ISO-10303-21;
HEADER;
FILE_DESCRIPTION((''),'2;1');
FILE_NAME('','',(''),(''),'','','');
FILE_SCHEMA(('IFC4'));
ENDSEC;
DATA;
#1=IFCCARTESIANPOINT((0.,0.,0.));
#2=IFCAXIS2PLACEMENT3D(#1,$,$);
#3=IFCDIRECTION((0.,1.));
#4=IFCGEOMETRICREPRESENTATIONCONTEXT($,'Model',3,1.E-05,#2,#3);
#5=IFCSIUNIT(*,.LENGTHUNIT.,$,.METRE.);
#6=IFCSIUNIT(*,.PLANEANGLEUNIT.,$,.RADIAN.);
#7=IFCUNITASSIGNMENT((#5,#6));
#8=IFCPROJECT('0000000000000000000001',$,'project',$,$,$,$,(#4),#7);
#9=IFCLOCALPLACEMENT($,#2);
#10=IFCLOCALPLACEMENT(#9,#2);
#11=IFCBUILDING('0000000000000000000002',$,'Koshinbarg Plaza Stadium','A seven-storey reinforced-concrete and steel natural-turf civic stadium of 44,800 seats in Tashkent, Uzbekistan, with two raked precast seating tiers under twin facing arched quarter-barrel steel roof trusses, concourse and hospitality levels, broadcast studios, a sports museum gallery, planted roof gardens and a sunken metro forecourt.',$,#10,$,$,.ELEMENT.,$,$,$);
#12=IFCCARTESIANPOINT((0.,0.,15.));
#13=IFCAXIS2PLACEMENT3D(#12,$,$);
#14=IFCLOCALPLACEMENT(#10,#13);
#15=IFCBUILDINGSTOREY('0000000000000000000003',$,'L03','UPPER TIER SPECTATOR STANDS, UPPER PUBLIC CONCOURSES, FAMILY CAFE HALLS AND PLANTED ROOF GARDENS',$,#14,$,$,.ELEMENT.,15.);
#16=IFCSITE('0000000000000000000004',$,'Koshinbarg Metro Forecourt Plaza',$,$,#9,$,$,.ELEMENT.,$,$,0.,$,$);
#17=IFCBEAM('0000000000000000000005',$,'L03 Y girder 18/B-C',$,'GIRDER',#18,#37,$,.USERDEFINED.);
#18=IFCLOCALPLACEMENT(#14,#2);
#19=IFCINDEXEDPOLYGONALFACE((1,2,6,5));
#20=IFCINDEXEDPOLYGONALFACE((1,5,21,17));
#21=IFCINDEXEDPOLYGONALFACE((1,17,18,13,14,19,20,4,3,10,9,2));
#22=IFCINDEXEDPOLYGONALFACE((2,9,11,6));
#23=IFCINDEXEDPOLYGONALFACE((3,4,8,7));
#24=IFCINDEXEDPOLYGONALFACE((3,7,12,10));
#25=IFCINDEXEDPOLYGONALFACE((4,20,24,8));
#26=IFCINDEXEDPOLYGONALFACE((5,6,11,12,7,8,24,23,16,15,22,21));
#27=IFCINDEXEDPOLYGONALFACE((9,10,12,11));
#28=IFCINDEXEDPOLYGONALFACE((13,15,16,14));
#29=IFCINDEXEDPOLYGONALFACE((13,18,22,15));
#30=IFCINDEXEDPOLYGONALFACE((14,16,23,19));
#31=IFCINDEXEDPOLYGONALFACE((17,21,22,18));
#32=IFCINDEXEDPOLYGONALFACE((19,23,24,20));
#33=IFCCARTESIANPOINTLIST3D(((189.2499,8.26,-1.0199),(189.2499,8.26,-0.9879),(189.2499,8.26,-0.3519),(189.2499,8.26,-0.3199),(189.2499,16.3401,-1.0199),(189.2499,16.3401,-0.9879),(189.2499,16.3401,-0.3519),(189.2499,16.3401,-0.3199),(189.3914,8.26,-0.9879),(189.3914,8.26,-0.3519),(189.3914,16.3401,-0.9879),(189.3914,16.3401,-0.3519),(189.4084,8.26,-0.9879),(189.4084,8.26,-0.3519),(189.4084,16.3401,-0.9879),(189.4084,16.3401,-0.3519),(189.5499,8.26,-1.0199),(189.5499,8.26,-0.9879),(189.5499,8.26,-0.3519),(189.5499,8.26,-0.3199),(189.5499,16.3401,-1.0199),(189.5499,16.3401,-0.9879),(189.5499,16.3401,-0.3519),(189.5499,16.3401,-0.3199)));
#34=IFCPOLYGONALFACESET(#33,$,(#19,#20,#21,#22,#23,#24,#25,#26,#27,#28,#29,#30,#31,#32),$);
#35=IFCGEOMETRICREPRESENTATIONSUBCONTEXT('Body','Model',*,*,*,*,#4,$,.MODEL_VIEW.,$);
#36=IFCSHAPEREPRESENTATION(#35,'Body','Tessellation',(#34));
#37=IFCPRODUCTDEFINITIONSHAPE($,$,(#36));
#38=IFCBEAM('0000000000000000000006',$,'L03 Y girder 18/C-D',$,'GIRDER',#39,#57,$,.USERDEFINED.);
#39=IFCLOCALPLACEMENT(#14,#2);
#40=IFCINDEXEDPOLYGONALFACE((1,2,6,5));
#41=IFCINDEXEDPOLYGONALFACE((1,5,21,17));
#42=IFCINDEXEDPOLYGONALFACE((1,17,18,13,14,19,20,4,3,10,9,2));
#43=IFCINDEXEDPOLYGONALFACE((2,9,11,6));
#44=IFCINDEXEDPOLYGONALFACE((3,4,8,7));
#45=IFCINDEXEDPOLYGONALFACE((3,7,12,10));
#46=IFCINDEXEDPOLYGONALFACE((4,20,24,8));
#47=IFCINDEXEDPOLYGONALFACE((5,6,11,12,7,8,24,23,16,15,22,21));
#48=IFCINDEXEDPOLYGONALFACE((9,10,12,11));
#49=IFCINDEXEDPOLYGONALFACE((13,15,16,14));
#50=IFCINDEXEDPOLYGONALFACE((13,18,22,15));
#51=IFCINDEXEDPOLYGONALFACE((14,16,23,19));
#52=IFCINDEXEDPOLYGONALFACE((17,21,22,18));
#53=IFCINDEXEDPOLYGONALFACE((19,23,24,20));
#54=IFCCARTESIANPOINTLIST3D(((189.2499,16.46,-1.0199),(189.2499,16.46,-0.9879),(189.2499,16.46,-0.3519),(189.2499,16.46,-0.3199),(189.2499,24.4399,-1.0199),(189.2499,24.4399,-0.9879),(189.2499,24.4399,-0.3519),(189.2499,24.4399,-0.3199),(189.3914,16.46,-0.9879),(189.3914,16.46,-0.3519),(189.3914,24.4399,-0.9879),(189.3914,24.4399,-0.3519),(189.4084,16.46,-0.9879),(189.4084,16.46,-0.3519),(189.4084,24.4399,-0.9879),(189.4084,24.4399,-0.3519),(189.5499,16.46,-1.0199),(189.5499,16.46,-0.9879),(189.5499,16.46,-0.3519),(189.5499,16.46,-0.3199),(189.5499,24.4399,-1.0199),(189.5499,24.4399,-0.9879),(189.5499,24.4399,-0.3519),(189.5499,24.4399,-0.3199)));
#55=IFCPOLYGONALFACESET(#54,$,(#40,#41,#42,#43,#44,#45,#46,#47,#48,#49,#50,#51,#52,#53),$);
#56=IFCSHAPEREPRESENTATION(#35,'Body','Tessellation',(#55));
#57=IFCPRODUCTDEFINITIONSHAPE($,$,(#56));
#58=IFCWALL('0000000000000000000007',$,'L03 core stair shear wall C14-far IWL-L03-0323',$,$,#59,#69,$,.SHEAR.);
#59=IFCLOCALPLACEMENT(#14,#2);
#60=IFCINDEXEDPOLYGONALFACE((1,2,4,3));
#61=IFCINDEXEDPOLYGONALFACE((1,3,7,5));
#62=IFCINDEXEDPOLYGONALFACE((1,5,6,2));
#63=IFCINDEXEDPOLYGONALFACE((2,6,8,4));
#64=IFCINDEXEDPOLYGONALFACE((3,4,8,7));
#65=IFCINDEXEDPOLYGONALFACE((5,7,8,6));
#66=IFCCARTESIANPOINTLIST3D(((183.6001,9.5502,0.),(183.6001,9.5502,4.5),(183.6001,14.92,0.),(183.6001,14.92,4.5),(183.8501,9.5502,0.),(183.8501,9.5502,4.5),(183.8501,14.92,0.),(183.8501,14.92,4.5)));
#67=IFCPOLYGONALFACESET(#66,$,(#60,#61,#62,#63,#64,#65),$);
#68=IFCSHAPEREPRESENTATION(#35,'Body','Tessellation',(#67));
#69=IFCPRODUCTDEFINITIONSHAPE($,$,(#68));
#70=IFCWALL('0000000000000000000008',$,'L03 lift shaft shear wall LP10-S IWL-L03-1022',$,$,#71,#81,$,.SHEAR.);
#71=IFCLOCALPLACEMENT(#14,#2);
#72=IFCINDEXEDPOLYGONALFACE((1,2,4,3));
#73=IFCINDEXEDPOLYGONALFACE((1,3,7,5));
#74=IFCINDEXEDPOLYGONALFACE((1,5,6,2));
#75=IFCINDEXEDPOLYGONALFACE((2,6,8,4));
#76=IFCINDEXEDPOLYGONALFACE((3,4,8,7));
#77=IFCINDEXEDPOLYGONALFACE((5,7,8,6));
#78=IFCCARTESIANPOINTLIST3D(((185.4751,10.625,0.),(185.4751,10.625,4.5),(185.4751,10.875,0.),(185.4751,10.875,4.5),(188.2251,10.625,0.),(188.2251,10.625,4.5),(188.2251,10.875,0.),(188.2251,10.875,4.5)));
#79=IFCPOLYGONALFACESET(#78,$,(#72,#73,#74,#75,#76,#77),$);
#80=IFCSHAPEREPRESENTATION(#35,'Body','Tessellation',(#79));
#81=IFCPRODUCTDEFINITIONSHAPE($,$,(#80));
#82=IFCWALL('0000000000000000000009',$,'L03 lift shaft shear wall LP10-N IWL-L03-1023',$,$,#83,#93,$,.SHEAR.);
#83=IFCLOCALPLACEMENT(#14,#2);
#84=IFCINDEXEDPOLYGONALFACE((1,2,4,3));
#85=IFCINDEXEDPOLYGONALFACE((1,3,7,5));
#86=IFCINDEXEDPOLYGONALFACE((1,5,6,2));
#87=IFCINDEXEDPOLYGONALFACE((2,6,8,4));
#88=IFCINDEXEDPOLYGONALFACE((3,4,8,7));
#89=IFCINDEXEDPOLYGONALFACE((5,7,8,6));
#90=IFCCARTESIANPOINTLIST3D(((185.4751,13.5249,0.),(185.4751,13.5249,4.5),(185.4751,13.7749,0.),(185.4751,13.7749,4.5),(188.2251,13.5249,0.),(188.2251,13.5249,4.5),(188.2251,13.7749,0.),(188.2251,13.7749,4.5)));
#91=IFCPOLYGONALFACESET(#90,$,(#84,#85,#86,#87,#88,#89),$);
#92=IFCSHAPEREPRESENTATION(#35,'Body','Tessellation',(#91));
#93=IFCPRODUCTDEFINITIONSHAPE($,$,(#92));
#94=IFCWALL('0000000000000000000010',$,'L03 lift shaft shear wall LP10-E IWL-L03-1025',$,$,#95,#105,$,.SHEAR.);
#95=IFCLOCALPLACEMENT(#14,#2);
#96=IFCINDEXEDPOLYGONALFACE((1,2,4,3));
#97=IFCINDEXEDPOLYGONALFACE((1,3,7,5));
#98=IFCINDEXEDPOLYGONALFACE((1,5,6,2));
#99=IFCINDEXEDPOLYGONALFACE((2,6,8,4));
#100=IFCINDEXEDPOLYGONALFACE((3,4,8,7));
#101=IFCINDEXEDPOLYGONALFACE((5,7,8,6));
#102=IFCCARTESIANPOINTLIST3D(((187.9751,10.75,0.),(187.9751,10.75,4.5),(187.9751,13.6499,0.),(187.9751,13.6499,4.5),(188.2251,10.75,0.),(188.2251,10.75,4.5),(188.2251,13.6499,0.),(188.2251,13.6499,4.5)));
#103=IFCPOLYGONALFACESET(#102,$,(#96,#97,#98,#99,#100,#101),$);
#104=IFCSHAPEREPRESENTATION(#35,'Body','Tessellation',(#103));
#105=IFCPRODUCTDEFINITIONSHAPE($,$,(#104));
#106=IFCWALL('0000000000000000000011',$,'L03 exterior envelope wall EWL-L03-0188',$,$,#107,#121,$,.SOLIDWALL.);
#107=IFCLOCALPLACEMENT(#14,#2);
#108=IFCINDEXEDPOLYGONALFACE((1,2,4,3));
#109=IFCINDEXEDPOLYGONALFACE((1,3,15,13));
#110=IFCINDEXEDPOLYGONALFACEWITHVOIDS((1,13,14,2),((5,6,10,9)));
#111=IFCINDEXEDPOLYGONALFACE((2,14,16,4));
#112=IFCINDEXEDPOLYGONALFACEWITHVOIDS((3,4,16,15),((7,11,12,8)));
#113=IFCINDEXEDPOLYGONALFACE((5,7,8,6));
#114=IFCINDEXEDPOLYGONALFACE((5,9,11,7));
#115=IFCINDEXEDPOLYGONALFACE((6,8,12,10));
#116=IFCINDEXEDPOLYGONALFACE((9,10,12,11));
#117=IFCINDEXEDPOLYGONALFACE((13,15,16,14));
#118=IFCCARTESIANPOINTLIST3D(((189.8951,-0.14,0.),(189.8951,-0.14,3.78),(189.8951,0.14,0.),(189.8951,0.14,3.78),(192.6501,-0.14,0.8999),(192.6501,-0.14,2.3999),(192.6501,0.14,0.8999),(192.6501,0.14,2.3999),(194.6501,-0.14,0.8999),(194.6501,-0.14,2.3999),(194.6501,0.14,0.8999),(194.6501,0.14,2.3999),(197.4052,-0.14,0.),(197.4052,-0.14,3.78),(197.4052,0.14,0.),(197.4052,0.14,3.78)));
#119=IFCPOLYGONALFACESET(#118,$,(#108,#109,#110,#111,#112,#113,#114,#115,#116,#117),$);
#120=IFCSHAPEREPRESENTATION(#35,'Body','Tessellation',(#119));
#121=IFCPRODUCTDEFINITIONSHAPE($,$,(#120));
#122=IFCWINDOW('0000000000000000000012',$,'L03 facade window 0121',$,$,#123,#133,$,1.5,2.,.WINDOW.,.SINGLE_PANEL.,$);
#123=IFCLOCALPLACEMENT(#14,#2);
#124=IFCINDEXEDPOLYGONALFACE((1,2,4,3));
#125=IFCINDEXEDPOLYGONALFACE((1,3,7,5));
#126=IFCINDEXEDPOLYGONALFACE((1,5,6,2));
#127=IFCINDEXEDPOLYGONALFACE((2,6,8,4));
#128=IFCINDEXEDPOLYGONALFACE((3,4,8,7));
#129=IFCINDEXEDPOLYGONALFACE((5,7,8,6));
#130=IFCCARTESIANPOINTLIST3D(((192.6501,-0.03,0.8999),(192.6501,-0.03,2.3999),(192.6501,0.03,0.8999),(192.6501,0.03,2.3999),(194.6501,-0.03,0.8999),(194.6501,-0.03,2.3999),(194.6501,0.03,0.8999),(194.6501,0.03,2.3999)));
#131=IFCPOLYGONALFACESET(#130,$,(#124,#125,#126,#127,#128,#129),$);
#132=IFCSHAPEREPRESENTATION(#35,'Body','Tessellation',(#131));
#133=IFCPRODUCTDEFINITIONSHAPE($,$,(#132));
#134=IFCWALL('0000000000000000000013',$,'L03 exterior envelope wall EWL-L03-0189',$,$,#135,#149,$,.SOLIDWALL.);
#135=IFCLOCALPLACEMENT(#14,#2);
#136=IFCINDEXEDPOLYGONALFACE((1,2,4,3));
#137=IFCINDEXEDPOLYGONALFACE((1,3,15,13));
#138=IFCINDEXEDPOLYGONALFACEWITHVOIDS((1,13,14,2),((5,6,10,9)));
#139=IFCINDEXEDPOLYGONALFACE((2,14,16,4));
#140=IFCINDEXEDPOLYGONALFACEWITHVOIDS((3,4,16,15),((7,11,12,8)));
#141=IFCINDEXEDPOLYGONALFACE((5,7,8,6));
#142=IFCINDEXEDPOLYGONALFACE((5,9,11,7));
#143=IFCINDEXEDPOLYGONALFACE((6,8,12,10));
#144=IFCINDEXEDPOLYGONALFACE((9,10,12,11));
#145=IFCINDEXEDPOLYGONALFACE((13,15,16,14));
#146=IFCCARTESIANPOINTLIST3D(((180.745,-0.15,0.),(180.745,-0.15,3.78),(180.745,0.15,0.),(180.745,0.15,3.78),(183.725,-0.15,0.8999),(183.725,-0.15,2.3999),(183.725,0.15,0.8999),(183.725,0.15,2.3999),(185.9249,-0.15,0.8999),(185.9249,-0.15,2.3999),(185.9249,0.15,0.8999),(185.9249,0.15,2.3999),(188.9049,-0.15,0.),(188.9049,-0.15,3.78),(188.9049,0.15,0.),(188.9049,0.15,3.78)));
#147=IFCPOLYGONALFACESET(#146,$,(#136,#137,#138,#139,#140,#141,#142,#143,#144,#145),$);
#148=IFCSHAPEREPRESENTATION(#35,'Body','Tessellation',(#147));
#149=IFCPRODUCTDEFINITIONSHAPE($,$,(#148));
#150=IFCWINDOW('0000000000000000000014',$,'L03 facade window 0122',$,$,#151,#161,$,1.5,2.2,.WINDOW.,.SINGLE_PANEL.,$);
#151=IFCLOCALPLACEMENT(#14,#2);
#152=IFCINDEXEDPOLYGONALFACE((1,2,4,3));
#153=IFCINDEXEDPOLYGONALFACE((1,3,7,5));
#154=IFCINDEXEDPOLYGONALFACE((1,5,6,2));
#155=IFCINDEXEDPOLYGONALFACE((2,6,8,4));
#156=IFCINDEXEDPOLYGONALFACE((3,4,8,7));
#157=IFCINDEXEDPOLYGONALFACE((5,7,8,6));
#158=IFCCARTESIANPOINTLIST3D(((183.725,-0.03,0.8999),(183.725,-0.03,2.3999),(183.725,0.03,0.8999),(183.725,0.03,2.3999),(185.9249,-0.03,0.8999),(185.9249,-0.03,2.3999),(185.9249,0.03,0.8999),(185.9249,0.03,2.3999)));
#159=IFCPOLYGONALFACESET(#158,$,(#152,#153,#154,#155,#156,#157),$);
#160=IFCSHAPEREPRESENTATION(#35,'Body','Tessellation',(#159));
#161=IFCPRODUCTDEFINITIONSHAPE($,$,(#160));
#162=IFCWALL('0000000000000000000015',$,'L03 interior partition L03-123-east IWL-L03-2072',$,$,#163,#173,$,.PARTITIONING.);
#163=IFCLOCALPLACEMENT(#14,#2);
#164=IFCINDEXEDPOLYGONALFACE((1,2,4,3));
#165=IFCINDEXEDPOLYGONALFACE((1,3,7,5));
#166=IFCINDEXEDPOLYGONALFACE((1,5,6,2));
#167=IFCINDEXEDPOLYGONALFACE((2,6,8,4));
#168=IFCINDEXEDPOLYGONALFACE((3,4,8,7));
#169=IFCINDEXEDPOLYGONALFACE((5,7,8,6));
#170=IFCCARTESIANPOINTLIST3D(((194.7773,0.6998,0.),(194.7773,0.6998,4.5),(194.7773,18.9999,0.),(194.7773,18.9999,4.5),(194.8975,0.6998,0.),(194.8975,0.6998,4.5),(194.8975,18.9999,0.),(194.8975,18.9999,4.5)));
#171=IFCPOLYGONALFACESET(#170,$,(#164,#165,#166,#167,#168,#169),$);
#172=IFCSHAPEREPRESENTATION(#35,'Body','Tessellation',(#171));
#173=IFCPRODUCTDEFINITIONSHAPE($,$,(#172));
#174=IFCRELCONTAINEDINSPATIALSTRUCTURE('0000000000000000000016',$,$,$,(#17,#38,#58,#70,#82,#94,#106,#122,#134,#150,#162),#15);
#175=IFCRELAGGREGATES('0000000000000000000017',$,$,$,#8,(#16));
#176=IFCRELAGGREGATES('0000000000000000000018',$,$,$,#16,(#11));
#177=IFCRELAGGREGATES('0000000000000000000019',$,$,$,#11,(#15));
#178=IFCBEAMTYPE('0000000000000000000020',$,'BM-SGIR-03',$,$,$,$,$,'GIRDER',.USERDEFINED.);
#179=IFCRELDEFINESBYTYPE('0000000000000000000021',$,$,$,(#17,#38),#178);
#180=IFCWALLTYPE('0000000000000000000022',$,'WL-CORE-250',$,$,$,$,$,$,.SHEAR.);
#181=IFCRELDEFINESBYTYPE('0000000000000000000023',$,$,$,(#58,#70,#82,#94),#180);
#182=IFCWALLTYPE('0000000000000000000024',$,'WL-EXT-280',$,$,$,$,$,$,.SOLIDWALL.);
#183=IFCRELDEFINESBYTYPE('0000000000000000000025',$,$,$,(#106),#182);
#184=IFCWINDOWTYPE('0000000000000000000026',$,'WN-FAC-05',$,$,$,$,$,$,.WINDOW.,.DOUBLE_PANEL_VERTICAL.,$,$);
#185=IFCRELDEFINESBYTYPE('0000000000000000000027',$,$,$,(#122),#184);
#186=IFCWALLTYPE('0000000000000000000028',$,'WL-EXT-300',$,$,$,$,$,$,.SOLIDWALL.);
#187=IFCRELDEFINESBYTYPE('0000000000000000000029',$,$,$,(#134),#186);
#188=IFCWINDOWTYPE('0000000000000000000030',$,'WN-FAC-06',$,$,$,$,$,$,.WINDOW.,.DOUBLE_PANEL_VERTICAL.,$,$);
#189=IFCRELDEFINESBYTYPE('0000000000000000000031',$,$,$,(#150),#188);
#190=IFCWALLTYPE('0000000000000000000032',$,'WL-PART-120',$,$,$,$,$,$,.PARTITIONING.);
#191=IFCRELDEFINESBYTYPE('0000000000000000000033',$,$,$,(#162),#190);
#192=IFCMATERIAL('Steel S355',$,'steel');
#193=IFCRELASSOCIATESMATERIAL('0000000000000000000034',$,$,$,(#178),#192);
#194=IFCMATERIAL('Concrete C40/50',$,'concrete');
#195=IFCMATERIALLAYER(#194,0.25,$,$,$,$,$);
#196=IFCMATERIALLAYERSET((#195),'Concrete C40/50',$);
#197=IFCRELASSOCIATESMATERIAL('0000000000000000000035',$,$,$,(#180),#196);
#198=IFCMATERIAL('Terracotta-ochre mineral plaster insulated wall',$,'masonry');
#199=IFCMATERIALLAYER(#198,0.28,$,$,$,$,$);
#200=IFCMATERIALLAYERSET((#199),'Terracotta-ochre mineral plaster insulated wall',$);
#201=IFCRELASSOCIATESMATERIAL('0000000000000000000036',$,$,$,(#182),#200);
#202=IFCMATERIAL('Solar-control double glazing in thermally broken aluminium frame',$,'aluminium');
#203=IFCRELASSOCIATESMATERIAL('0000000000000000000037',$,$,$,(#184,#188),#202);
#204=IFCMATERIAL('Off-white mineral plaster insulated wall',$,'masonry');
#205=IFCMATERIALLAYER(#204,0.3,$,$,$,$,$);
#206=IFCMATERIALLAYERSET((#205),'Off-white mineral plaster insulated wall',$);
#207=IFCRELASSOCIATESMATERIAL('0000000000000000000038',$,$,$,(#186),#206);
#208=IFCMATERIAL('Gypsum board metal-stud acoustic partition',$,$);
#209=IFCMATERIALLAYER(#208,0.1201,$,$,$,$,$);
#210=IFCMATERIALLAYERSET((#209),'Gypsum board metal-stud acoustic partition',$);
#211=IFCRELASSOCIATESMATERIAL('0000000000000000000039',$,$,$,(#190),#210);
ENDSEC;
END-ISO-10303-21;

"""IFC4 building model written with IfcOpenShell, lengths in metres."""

from ifc_helpers import new_model, si_unit, direction, frame, frame_2d, origin, origin_2d, place, context, subcontext, project, spatial, rectangle, i_section, extrude, material, layer, layer_set, material_profile, profile_set, type_object, element, fill, save


model = new_model("IFC4")

# Units and contexts
model_context = context("Model", 3, precision=1e-05, world=origin(), true_north=direction((0.0, 1.0)))
body_context = subcontext(model_context, "Body", "Model", "MODEL_VIEW")
ifc_project = project(units=[si_unit("LENGTHUNIT", "METRE"), si_unit("PLANEANGLEUNIT", "RADIAN")], contexts=[model_context])

# Site, building, storey
site_placement = place(None, origin())
site = spatial("IfcSite", under=ifc_project, at=site_placement, Name="Koshinbarg Metro Forecourt Plaza", CompositionType="ELEMENT", RefElevation=0.0)
building_placement = place(site_placement, origin())
building = spatial("IfcBuilding", under=site, at=building_placement, Name="Koshinbarg Plaza Stadium", Description="A seven-storey reinforced-concrete and steel natural-turf civic stadium of 44,800 seats in Tashkent, Uzbekistan, with two raked precast seating tiers under twin facing arched quarter-barrel steel roof trusses, concourse and hospitality levels, broadcast studios, a sports museum gallery, planted roof gardens and a sunken metro forecourt.", CompositionType="ELEMENT")
storey_placement = place(building_placement, frame((0.0, 0.0, 15.0)))
storey = spatial("IfcBuildingStorey", under=building, at=storey_placement, Name="L03", Description="UPPER TIER SPECTATOR STANDS, UPPER PUBLIC CONCOURSES, FAMILY CAFE HALLS AND PLANTED ROOF GARDENS", CompositionType="ELEMENT", Elevation=15.0)

# Shared definitions
ifc_material_1 = material(Name="Concrete C40/50", Category="concrete")

# Beams
ifc_material_2 = material(Name="Steel S355", Category="steel")
ifc_material_profile_1 = material_profile(ifc_material_2, i_section(OverallWidth=0.3, OverallDepth=0.7, WebThickness=0.0171, FlangeThickness=0.032, at=origin_2d()), Name="HEB 700")
ifc_profile_set_1 = profile_set([ifc_material_profile_1], Name="Steel S355")
beam_type_1 = type_object("IfcBeamType", Name="BM-SGIR-03", ElementType="GIRDER", PredefinedType="USERDEFINED", material=ifc_profile_set_1)
beam_1_placement = place(storey_placement, frame((189.3999, 8.26, -0.6699), z_axis=(0.0, 1.0, 0.0), x_axis=(-1.0, 0.0, 0.0)))
element("IfcBeam", 1, at=beam_1_placement, inside=storey, type_object=beam_type_1, Name="L03 Y girder 18/B-C", ObjectType="GIRDER", PredefinedType="USERDEFINED", context=body_context, shape_type="SweptSolid", body=[
    extrude(i_section(OverallWidth=0.3, OverallDepth=0.7, WebThickness=0.0171, FlangeThickness=0.032, at=origin_2d()), origin(), (0.0, 0.0, 1.0), 8.0801),
])
beam_2_placement = place(storey_placement, frame((189.3999, 16.46, -0.6699), z_axis=(0.0, 1.0, 0.0), x_axis=(-1.0, 0.0, 0.0)))
element("IfcBeam", 2, at=beam_2_placement, inside=storey, type_object=beam_type_1, Name="L03 Y girder 18/C-D", ObjectType="GIRDER", PredefinedType="USERDEFINED", context=body_context, shape_type="SweptSolid", body=[
    extrude(i_section(OverallWidth=0.3, OverallDepth=0.7, WebThickness=0.0171, FlangeThickness=0.032, at=origin_2d()), origin(), (0.0, 0.0, 1.0), 7.98),
])

# Walls
ifc_layer_1 = layer(ifc_material_1, 0.25)
ifc_layer_set_1 = layer_set([ifc_layer_1], Name="Concrete C40/50")
wall_type_1 = type_object("IfcWallType", Name="WL-CORE-250", PredefinedType="SHEAR", material=ifc_layer_set_1)
wall_1_placement = place(storey_placement, frame((183.7251, 9.55, 0.0), z_axis=(0.0, 0.0, 1.0), x_axis=(0.0, 1.0, 0.0)))
element("IfcWall", 3, at=wall_1_placement, inside=storey, type_object=wall_type_1, Name="L03 core stair shear wall C14-far IWL-L03-0323", PredefinedType="SHEAR", context=body_context, shape_type="SweptSolid", body=[
    extrude(rectangle(XDim=5.3699, YDim=0.25, at=frame_2d((2.6851, 0.0))), origin(), (0.0, 0.0, 1.0), 4.5),
])
for number, where, z_axis, x_axis, name in (
    (4, (185.4751, 10.75, 0.0), (0.0, 0.0, 1.0), (1.0, 0.0, 0.0), "L03 lift shaft shear wall LP10-S IWL-L03-1022"),
    (5, (188.2251, 13.6499, 0.0), (0.0, 0.0, 1.0), (-1.0, 0.0, 0.0), "L03 lift shaft shear wall LP10-N IWL-L03-1023"),
):
    element("IfcWall", number, at=place(storey_placement, frame(where, z_axis=z_axis, x_axis=x_axis)), inside=storey, type_object=wall_type_1, Name=name, PredefinedType="SHEAR", context=body_context, shape_type="SweptSolid", body=[
        extrude(rectangle(XDim=2.75, YDim=0.25, at=frame_2d((1.375, 0.0))), origin(), (0.0, 0.0, 1.0), 4.5),
    ])

# Wall
wall_2_placement = place(storey_placement, frame((188.1001, 10.75, 0.0), z_axis=(0.0, 0.0, 1.0), x_axis=(0.0, 1.0, 0.0)))
element("IfcWall", 6, at=wall_2_placement, inside=storey, type_object=wall_type_1, Name="L03 lift shaft shear wall LP10-E IWL-L03-1025", PredefinedType="SHEAR", context=body_context, shape_type="SweptSolid", body=[
    extrude(rectangle(XDim=2.8999, YDim=0.25, at=frame_2d((1.45, 0.0))), origin(), (0.0, 0.0, 1.0), 4.5),
])

# Walls, openings, windows
ifc_material_3 = material(Name="Terracotta-ochre mineral plaster insulated wall", Category="masonry")
ifc_layer_2 = layer(ifc_material_3, 0.28)
ifc_layer_set_2 = layer_set([ifc_layer_2], Name="Terracotta-ochre mineral plaster insulated wall")
wall_type_2 = type_object("IfcWallType", Name="WL-EXT-280", PredefinedType="SOLIDWALL", material=ifc_layer_set_2)
wall_3_placement = place(storey_placement, frame((197.405, 0.0, 0.0), z_axis=(0.0, 0.0, 1.0), x_axis=(-1.0, 0.0, 0.0)))
wall_3 = element("IfcWall", 7, at=wall_3_placement, inside=storey, type_object=wall_type_2, Name="L03 exterior envelope wall EWL-L03-0188", PredefinedType="SOLIDWALL", context=body_context, shape_type="SweptSolid", body=[
    extrude(rectangle(XDim=7.51, YDim=0.28, at=frame_2d((3.7549, 0.0))), origin(), (0.0, 0.0, 1.0), 3.78),
])
opening_1_placement = place(wall_3_placement, frame((2.7549, 0.0, 0.8999)))
opening_1 = element("IfcOpeningElement", 8, at=opening_1_placement, cuts=wall_3, PredefinedType="OPENING", context=body_context, shape_type="SweptSolid", body=[
    extrude(rectangle(XDim=2.0, YDim=1.5, at=frame_2d((1.0, 0.75))), frame((0.0, 0.1499, 0.0), z_axis=(0.0, -1.0, 0.0), x_axis=(1.0, 0.0, 0.0)), (0.0, 0.0, 1.0), 0.3),
])
ifc_material_4 = material(Name="Solar-control double glazing in thermally broken aluminium frame", Category="aluminium")
window_type_1 = type_object("IfcWindowType", Name="WN-FAC-05", PartitioningType="DOUBLE_PANEL_VERTICAL", PredefinedType="WINDOW", material=ifc_material_4)
window_1_placement = place(opening_1_placement, origin())
window_1 = element("IfcWindow", 9, at=window_1_placement, inside=storey, type_object=window_type_1, Name="L03 facade window 0121", OverallHeight=1.5, OverallWidth=2.0, PartitioningType="SINGLE_PANEL", PredefinedType="WINDOW", context=body_context, shape_type="SweptSolid", body=[
    extrude(rectangle(XDim=2.0, YDim=1.5, at=frame_2d((1.0, 0.75))), frame((0.0, 0.03, 0.0), z_axis=(0.0, -1.0, 0.0), x_axis=(1.0, 0.0, 0.0)), (0.0, 0.0, 1.0), 0.0601),
])
fill(opening_1, window_1)
ifc_material_5 = material(Name="Off-white mineral plaster insulated wall", Category="masonry")
ifc_layer_3 = layer(ifc_material_5, 0.3)
ifc_layer_set_3 = layer_set([ifc_layer_3], Name="Off-white mineral plaster insulated wall")
wall_type_3 = type_object("IfcWallType", Name="WL-EXT-300", PredefinedType="SOLIDWALL", material=ifc_layer_set_3)
wall_4_placement = place(storey_placement, frame((188.905, 0.0, 0.0), z_axis=(0.0, 0.0, 1.0), x_axis=(-1.0, 0.0, 0.0)))
wall_4 = element("IfcWall", 10, at=wall_4_placement, inside=storey, type_object=wall_type_3, Name="L03 exterior envelope wall EWL-L03-0189", PredefinedType="SOLIDWALL", context=body_context, shape_type="SweptSolid", body=[
    extrude(rectangle(XDim=8.1599, YDim=0.3, at=frame_2d((4.0801, 0.0))), origin(), (0.0, 0.0, 1.0), 3.78),
])
opening_2_placement = place(wall_4_placement, frame((2.98, 0.0, 0.8999)))
opening_2 = element("IfcOpeningElement", 11, at=opening_2_placement, cuts=wall_4, PredefinedType="OPENING", context=body_context, shape_type="SweptSolid", body=[
    extrude(rectangle(XDim=2.2, YDim=1.5, at=frame_2d((1.1001, 0.75))), frame((0.0, 0.1599, 0.0), z_axis=(0.0, -1.0, 0.0), x_axis=(1.0, 0.0, 0.0)), (0.0, 0.0, 1.0), 0.3201),
])
window_type_2 = type_object("IfcWindowType", Name="WN-FAC-06", PartitioningType="DOUBLE_PANEL_VERTICAL", PredefinedType="WINDOW", material=ifc_material_4)
window_2_placement = place(opening_2_placement, origin())
window_2 = element("IfcWindow", 12, at=window_2_placement, inside=storey, type_object=window_type_2, Name="L03 facade window 0122", OverallHeight=1.5, OverallWidth=2.2, PartitioningType="SINGLE_PANEL", PredefinedType="WINDOW", context=body_context, shape_type="SweptSolid", body=[
    extrude(rectangle(XDim=2.2, YDim=1.5, at=frame_2d((1.1001, 0.75))), frame((0.0, 0.03, 0.0), z_axis=(0.0, -1.0, 0.0), x_axis=(1.0, 0.0, 0.0)), (0.0, 0.0, 1.0), 0.0601),
])
fill(opening_2, window_2)

# Wall
ifc_material_6 = material(Name="Gypsum board metal-stud acoustic partition")
ifc_layer_4 = layer(ifc_material_6, 0.1201)
ifc_layer_set_4 = layer_set([ifc_layer_4], Name="Gypsum board metal-stud acoustic partition")
wall_type_4 = type_object("IfcWallType", Name="WL-PART-120", PredefinedType="PARTITIONING", material=ifc_layer_set_4)
wall_5_placement = place(storey_placement, frame((194.8374, 0.7, 0.0), z_axis=(0.0, 0.0, 1.0), x_axis=(0.0, 1.0, 0.0)))
element("IfcWall", 13, at=wall_5_placement, inside=storey, type_object=wall_type_4, Name="L03 interior partition L03-123-east IWL-L03-2072", PredefinedType="PARTITIONING", context=body_context, shape_type="SweptSolid", body=[
    extrude(rectangle(XDim=18.3, YDim=0.1201, at=frame_2d((9.1499, 0.0))), origin(), (0.0, 0.0, 1.0), 4.5),
])

save(model, "model.ifc")
